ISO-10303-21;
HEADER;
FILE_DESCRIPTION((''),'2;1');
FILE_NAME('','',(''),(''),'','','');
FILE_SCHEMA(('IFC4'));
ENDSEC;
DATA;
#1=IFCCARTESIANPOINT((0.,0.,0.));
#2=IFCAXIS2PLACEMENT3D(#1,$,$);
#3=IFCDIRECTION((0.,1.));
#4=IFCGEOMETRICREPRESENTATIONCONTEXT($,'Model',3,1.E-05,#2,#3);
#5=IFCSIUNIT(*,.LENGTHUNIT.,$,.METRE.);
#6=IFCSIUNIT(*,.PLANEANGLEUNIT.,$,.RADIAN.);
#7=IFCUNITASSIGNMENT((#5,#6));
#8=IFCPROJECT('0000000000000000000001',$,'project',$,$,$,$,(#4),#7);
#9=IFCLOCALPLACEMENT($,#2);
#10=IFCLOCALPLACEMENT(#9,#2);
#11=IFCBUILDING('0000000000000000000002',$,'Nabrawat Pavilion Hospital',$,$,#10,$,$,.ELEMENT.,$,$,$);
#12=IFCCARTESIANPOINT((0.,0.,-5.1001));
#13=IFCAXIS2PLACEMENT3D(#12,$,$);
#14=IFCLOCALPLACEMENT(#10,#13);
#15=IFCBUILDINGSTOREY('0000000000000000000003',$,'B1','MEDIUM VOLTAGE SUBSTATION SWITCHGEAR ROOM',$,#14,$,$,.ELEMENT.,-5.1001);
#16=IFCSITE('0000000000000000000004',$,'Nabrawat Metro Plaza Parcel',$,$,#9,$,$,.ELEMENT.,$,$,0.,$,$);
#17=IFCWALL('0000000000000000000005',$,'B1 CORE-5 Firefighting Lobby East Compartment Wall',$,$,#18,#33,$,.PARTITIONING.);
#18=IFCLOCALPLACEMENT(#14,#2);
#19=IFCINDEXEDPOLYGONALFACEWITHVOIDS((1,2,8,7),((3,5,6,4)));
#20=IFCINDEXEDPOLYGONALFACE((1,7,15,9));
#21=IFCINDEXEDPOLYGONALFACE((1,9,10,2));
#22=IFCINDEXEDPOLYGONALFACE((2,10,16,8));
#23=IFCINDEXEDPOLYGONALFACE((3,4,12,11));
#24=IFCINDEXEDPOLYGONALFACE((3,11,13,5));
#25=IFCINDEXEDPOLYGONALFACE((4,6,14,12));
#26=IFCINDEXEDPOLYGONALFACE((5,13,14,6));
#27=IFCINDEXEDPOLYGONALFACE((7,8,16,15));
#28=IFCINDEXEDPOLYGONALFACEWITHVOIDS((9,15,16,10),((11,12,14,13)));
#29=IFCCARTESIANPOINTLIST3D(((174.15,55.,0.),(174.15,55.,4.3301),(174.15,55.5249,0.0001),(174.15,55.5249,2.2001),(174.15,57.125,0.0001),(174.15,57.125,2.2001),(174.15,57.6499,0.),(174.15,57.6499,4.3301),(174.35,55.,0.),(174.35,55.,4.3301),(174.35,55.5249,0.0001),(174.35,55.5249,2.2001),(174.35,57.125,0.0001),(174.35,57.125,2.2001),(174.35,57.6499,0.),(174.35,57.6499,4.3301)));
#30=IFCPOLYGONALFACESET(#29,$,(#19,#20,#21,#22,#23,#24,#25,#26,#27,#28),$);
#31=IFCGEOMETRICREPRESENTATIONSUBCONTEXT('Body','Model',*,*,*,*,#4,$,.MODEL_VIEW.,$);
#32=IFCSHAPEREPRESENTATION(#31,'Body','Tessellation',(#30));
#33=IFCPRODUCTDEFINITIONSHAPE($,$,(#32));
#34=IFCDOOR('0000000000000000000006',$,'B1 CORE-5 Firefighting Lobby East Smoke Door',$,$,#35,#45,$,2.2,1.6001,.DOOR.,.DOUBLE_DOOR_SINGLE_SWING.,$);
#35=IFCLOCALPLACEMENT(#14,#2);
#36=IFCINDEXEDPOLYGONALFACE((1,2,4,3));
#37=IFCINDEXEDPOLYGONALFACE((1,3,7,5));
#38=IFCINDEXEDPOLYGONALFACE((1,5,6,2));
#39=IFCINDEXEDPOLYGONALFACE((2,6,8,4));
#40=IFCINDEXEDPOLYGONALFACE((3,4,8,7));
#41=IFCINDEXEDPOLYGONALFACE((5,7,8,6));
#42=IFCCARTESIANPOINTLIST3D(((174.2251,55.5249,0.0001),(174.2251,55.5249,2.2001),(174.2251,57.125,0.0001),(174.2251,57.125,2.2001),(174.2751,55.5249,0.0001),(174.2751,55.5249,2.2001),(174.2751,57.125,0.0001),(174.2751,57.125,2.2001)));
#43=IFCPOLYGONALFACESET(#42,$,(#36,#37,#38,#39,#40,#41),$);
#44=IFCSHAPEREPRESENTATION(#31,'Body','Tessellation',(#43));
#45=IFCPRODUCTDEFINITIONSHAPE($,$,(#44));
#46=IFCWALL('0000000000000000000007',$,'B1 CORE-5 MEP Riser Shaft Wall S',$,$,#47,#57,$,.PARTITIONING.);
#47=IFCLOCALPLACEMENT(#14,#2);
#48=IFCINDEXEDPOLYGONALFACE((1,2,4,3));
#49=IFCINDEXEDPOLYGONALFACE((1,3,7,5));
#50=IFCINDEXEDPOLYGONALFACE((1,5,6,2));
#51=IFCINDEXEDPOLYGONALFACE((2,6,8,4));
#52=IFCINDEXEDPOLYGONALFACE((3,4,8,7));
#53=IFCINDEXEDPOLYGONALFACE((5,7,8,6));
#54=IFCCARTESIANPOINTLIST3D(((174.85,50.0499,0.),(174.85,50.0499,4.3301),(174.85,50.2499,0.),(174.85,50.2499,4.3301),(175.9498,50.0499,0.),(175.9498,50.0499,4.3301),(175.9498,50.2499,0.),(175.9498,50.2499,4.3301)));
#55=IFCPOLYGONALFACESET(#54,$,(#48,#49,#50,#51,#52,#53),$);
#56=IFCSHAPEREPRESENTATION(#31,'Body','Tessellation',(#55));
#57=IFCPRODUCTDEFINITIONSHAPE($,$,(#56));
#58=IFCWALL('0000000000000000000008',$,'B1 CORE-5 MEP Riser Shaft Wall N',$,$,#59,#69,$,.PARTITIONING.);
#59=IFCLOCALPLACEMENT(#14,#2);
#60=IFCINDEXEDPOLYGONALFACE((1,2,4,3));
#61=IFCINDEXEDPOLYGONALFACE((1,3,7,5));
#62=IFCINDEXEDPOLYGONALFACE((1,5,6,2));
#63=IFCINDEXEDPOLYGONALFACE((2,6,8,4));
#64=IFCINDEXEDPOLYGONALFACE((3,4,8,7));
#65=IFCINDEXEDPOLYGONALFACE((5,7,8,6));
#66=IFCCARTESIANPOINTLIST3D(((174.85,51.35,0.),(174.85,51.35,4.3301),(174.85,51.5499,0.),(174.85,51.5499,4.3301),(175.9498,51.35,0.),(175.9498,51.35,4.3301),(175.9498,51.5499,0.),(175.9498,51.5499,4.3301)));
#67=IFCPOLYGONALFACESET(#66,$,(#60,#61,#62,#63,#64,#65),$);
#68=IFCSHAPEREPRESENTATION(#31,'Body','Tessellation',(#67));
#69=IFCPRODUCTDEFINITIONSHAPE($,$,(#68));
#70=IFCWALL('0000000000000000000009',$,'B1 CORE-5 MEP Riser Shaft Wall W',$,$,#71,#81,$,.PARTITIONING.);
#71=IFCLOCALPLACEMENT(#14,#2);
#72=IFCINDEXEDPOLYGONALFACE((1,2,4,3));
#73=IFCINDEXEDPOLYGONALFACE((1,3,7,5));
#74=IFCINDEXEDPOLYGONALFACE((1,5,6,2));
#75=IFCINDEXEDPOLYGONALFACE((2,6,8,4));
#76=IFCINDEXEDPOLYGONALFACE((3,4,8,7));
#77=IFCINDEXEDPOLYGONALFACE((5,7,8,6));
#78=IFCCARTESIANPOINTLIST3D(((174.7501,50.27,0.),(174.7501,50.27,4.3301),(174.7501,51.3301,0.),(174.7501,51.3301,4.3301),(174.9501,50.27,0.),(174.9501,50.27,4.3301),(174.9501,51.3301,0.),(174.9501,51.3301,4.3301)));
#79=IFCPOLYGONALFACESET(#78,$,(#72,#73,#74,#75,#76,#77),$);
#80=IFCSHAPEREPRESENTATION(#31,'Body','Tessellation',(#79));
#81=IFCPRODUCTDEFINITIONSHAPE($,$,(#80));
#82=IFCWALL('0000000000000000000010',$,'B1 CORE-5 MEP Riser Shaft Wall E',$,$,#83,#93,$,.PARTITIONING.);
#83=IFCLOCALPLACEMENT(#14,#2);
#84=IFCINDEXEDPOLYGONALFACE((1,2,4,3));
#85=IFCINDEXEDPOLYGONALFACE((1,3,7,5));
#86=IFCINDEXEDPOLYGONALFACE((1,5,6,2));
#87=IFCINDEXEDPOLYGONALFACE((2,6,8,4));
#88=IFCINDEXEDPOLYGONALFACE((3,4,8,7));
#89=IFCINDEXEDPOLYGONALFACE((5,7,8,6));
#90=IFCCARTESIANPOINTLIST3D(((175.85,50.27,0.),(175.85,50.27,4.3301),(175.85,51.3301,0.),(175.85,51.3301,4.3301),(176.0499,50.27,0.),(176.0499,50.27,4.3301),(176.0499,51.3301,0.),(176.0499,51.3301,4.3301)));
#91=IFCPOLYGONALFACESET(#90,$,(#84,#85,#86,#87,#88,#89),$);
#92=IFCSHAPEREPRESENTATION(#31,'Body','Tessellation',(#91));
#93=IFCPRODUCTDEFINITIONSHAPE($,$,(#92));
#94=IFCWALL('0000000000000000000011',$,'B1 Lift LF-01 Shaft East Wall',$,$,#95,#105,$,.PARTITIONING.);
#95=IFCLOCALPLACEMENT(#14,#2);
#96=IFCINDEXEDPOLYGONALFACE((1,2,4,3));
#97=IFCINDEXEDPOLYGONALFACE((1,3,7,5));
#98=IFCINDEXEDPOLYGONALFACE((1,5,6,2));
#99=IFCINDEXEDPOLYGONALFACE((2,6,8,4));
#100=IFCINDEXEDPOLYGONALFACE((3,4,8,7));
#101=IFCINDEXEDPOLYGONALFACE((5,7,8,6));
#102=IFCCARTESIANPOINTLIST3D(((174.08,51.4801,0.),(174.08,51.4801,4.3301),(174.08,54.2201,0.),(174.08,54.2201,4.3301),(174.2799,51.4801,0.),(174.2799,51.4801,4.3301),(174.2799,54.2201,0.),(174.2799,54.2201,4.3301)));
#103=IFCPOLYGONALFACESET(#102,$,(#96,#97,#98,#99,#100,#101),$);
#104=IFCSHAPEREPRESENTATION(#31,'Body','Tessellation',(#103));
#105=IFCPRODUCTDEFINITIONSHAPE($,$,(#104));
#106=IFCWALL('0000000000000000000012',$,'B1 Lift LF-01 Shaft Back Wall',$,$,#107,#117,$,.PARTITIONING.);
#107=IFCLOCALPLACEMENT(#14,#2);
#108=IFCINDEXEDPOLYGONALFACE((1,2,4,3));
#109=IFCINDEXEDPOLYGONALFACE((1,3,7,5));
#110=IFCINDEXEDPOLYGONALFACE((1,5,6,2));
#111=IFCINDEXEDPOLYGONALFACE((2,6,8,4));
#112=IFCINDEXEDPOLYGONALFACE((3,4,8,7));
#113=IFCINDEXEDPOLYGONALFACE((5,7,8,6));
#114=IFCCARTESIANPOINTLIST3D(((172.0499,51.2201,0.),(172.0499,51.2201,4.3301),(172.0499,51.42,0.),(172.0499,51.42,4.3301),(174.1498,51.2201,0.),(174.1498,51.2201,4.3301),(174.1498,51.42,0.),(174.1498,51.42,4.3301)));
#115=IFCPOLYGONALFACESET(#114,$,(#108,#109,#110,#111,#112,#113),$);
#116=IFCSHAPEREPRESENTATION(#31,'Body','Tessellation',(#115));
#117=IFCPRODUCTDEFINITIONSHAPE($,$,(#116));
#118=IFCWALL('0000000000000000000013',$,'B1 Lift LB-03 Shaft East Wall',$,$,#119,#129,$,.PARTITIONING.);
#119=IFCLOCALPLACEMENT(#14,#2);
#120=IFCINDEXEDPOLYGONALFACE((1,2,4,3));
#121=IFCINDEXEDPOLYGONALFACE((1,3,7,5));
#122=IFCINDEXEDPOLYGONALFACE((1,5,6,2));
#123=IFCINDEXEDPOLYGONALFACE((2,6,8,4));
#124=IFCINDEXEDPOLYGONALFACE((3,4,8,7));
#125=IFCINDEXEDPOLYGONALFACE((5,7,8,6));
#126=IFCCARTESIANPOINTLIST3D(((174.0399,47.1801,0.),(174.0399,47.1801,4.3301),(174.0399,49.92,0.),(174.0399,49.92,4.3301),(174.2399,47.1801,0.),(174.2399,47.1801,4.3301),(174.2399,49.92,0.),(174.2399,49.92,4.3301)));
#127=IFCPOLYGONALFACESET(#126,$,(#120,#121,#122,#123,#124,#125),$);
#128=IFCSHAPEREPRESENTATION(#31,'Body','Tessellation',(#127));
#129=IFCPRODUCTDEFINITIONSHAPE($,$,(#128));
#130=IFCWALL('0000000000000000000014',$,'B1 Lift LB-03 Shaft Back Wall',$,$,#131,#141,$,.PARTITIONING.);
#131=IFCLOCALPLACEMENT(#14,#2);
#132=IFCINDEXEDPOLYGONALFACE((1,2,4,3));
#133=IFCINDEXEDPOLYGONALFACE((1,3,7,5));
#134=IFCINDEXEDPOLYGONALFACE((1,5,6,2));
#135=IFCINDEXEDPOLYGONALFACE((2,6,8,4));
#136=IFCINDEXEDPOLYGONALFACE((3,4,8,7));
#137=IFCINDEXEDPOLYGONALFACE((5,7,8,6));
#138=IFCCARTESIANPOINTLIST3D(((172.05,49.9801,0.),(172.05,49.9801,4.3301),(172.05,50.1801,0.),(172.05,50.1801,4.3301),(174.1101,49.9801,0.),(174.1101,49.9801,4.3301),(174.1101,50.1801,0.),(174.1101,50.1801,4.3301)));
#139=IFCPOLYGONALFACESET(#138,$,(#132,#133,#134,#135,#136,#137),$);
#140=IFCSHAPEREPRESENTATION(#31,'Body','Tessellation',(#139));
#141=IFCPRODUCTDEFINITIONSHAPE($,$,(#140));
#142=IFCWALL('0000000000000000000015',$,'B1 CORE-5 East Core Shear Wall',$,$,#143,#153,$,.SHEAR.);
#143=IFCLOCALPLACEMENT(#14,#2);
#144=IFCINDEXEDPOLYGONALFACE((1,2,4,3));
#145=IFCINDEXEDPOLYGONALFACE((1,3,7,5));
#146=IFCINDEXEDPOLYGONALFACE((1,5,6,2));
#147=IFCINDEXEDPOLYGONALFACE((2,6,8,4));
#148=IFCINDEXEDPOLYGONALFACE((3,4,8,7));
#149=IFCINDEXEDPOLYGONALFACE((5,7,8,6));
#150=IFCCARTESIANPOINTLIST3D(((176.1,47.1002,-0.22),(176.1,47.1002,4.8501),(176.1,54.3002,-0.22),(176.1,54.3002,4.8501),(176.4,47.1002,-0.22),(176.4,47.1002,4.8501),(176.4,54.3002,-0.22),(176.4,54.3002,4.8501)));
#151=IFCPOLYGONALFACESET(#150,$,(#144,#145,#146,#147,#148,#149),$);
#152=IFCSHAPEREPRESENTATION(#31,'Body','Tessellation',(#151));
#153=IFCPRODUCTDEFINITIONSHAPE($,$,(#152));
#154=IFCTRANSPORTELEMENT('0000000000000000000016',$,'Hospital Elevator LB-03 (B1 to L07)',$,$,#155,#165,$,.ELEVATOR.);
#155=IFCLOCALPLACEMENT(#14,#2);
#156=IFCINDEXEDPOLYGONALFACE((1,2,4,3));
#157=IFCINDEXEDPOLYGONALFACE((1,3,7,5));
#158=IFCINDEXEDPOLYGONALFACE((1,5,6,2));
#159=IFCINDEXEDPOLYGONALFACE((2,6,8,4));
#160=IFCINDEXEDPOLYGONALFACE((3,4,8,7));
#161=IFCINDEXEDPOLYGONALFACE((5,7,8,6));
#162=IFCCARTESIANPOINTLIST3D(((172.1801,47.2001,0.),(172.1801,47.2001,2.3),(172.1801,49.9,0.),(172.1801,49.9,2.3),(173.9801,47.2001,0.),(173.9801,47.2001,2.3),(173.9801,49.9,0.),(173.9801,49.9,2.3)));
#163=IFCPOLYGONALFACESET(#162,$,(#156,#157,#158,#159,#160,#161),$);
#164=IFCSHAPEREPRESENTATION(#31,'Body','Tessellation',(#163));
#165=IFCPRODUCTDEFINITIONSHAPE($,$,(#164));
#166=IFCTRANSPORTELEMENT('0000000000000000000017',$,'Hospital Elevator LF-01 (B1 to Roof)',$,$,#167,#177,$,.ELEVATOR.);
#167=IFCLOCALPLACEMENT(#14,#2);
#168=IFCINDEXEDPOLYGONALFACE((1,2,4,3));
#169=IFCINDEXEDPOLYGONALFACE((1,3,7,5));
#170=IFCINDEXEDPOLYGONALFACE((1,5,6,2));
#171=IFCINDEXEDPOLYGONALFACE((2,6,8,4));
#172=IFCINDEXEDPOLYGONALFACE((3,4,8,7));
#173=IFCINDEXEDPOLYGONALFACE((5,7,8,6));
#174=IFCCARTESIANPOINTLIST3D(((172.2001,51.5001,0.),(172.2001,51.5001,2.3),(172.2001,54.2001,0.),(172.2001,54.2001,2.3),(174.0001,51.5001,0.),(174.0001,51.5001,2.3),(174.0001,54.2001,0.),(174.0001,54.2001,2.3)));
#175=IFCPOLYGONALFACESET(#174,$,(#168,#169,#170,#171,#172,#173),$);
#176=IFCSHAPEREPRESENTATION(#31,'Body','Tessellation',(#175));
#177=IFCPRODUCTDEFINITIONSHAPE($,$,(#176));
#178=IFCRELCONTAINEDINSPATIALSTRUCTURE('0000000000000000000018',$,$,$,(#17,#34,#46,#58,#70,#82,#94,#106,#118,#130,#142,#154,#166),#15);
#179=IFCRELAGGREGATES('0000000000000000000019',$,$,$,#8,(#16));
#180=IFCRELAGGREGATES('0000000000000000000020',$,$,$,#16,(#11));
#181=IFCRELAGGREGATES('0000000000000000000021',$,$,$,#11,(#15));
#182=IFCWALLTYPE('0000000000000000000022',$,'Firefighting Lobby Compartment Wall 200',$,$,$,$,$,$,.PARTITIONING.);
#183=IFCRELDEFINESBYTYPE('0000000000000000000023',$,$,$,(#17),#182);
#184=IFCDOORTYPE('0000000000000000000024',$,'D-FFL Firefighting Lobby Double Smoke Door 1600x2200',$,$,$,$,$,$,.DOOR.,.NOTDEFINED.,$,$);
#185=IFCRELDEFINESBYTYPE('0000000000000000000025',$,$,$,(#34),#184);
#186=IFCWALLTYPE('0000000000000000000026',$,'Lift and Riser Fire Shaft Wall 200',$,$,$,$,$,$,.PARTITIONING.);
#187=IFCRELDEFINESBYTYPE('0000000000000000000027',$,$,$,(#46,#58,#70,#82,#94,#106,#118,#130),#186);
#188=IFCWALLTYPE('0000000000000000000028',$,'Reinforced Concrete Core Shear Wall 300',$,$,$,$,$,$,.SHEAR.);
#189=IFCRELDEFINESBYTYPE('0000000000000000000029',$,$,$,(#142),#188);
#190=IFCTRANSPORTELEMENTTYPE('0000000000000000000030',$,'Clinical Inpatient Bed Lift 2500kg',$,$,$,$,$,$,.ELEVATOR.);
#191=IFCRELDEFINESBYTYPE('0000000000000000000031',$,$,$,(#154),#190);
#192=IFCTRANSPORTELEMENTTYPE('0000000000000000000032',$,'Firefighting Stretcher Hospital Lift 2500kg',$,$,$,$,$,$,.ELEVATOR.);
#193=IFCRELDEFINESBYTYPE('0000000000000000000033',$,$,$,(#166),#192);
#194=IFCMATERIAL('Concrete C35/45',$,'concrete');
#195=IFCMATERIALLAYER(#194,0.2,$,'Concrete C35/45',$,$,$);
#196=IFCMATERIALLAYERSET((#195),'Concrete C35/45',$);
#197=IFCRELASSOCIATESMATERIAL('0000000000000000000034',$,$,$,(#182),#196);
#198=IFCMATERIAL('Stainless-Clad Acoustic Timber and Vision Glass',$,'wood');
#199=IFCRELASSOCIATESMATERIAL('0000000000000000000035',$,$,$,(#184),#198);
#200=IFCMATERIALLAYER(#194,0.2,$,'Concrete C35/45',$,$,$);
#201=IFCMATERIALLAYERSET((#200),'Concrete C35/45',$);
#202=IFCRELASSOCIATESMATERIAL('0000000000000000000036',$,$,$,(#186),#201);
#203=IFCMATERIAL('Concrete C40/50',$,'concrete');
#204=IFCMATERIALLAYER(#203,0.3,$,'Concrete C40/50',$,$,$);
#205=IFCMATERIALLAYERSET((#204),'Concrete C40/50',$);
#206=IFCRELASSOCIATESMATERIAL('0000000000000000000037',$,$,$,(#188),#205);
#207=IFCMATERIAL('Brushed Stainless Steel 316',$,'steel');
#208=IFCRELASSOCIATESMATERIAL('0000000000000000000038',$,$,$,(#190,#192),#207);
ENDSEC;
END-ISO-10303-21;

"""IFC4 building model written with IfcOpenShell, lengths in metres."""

from ifc_helpers import new_model, si_unit, direction, frame, frame_2d, origin, origin_2d, place, context, subcontext, project, spatial, rectangle, extrude, material, layer, layer_set, type_object, element, fill, save


model = new_model("IFC4")

# Units and contexts
model_context = context("Model", 3, precision=1e-05, world=origin(), true_north=direction((0.0, 1.0)))
body_context = subcontext(model_context, "Body", "Model", "MODEL_VIEW")
ifc_project = project(units=[si_unit("LENGTHUNIT", "METRE"), si_unit("PLANEANGLEUNIT", "RADIAN")], contexts=[model_context])

# Site, building, storey
site_placement = place(None, origin())
site = spatial("IfcSite", under=ifc_project, at=site_placement, Name="Nabrawat Metro Plaza Parcel", CompositionType="ELEMENT", RefElevation=0.0)
building_placement = place(site_placement, origin())
building = spatial("IfcBuilding", under=site, at=building_placement, Name="Nabrawat Pavilion Hospital", CompositionType="ELEMENT")
storey_placement = place(building_placement, frame((0.0, 0.0, -5.1001)))
storey = spatial("IfcBuildingStorey", under=building, at=storey_placement, Name="B1", Description="MEDIUM VOLTAGE SUBSTATION SWITCHGEAR ROOM", CompositionType="ELEMENT", Elevation=-5.1001)

# Shared definitions
ifc_material_1 = material(Name="Concrete C35/45", Category="concrete")

# Wall, opening, door
ifc_layer_1 = layer(ifc_material_1, 0.2, Name="Concrete C35/45")
ifc_layer_set_1 = layer_set([ifc_layer_1], Name="Concrete C35/45")
wall_type_1 = type_object("IfcWallType", Name="Firefighting Lobby Compartment Wall 200", PredefinedType="PARTITIONING", material=ifc_layer_set_1)
wall_1_placement = place(storey_placement, frame((174.25, 55.0, 0.0), z_axis=(0.0, 0.0, 1.0), x_axis=(0.0, 1.0, 0.0)))
wall_1 = element("IfcWall", 1, at=wall_1_placement, inside=storey, type_object=wall_type_1, Name="B1 CORE-5 Firefighting Lobby East Compartment Wall", PredefinedType="PARTITIONING", context=body_context, shape_type="SweptSolid", body=[
    extrude(rectangle(XDim=2.6499, YDim=0.2, at=frame_2d((1.325, 0.0))), origin(), (0.0, 0.0, 1.0), 4.3301),
])
opening_placement = place(wall_1_placement, frame((0.5249, 0.0, 0.0)))
opening = element("IfcOpeningElement", 2, at=opening_placement, cuts=wall_1, PredefinedType="OPENING", context=body_context, shape_type="SweptSolid", body=[
    extrude(rectangle(XDim=1.6001, YDim=2.2, at=frame_2d((0.8, 1.1001))), frame((0.0, 0.1099, 0.0), z_axis=(0.0, -1.0, 0.0), x_axis=(1.0, 0.0, 0.0)), (0.0, 0.0, 1.0), 0.22),
])
ifc_material_2 = material(Name="Stainless-Clad Acoustic Timber and Vision Glass", Category="wood")
door_type = type_object("IfcDoorType", Name="D-FFL Firefighting Lobby Double Smoke Door 1600x2200", OperationType="NOTDEFINED", PredefinedType="DOOR", material=ifc_material_2)
door_placement = place(opening_placement, origin())
door = element("IfcDoor", 3, at=door_placement, inside=storey, type_object=door_type, Name="B1 CORE-5 Firefighting Lobby East Smoke Door", OperationType="DOUBLE_DOOR_SINGLE_SWING", OverallHeight=2.2, OverallWidth=1.6001, PredefinedType="DOOR", context=body_context, shape_type="SweptSolid", body=[
    extrude(rectangle(XDim=1.6001, YDim=2.2, at=frame_2d((0.8, 1.1001))), frame((0.0, 0.0249, 0.0), z_axis=(0.0, -1.0, 0.0), x_axis=(1.0, 0.0, 0.0)), (0.0, 0.0, 1.0), 0.05),
])
fill(opening, door)

# Walls
ifc_layer_2 = layer(ifc_material_1, 0.2, Name="Concrete C35/45")
ifc_layer_set_2 = layer_set([ifc_layer_2], Name="Concrete C35/45")
wall_type_2 = type_object("IfcWallType", Name="Lift and Riser Fire Shaft Wall 200", PredefinedType="PARTITIONING", material=ifc_layer_set_2)
for number, where, z_axis, x_axis, name in (
    (4, (174.8501, 50.1499, 0.0), (0.0, 0.0, 1.0), (1.0, 0.0, 0.0), "B1 CORE-5 MEP Riser Shaft Wall S"),
    (5, (174.8501, 51.45, 0.0), (0.0, 0.0, 1.0), (1.0, 0.0, 0.0), "B1 CORE-5 MEP Riser Shaft Wall N"),
):
    element("IfcWall", number, at=place(storey_placement, frame(where, z_axis=z_axis, x_axis=x_axis)), inside=storey, type_object=wall_type_2, Name=name, PredefinedType="PARTITIONING", context=body_context, shape_type="SweptSolid", body=[
        extrude(rectangle(XDim=1.0999, YDim=0.2, at=frame_2d((0.5498, 0.0))), origin(), (0.0, 0.0, 1.0), 4.3301),
    ])
for number, where, z_axis, x_axis, name in (
    (6, (174.8501, 50.27, 0.0), (0.0, 0.0, 1.0), (0.0, 1.0, 0.0), "B1 CORE-5 MEP Riser Shaft Wall W"),
    (7, (175.95, 50.27, 0.0), (0.0, 0.0, 1.0), (0.0, 1.0, 0.0), "B1 CORE-5 MEP Riser Shaft Wall E"),
):
    element("IfcWall", number, at=place(storey_placement, frame(where, z_axis=z_axis, x_axis=x_axis)), inside=storey, type_object=wall_type_2, Name=name, PredefinedType="PARTITIONING", context=body_context, shape_type="SweptSolid", body=[
        extrude(rectangle(XDim=1.0601, YDim=0.2, at=frame_2d((0.53, 0.0))), origin(), (0.0, 0.0, 1.0), 4.3301),
    ])
wall_2_placement = place(storey_placement, frame((174.1799, 51.48, 0.0), z_axis=(0.0, 0.0, 1.0), x_axis=(0.0, 1.0, 0.0)))
element("IfcWall", 8, at=wall_2_placement, inside=storey, type_object=wall_type_2, Name="B1 Lift LF-01 Shaft East Wall", PredefinedType="PARTITIONING", context=body_context, shape_type="SweptSolid", body=[
    extrude(rectangle(XDim=2.74, YDim=0.2, at=frame_2d((1.3701, 0.0))), origin(), (0.0, 0.0, 1.0), 4.3301),
])
wall_3_placement = place(storey_placement, frame((172.05, 51.3201, 0.0), z_axis=(0.0, 0.0, 1.0), x_axis=(1.0, 0.0, 0.0)))
element("IfcWall", 9, at=wall_3_placement, inside=storey, type_object=wall_type_2, Name="B1 Lift LF-01 Shaft Back Wall", PredefinedType="PARTITIONING", context=body_context, shape_type="SweptSolid", body=[
    extrude(rectangle(XDim=2.0999, YDim=0.2, at=frame_2d((1.0498, 0.0))), origin(), (0.0, 0.0, 1.0), 4.3301),
])
wall_4_placement = place(storey_placement, frame((174.1399, 47.1799, 0.0), z_axis=(0.0, 0.0, 1.0), x_axis=(0.0, 1.0, 0.0)))
element("IfcWall", 10, at=wall_4_placement, inside=storey, type_object=wall_type_2, Name="B1 Lift LB-03 Shaft East Wall", PredefinedType="PARTITIONING", context=body_context, shape_type="SweptSolid", body=[
    extrude(rectangle(XDim=2.74, YDim=0.2, at=frame_2d((1.3701, 0.0))), origin(), (0.0, 0.0, 1.0), 4.3301),
])
wall_5_placement = place(storey_placement, frame((172.05, 50.0801, 0.0), z_axis=(0.0, 0.0, 1.0), x_axis=(1.0, 0.0, 0.0)))
element("IfcWall", 11, at=wall_5_placement, inside=storey, type_object=wall_type_2, Name="B1 Lift LB-03 Shaft Back Wall", PredefinedType="PARTITIONING", context=body_context, shape_type="SweptSolid", body=[
    extrude(rectangle(XDim=2.0601, YDim=0.2, at=frame_2d((1.03, 0.0))), origin(), (0.0, 0.0, 1.0), 4.3301),
])
ifc_material_3 = material(Name="Concrete C40/50", Category="concrete")
ifc_layer_3 = layer(ifc_material_3, 0.3, Name="Concrete C40/50")
ifc_layer_set_3 = layer_set([ifc_layer_3], Name="Concrete C40/50")
wall_type_3 = type_object("IfcWallType", Name="Reinforced Concrete Core Shear Wall 300", PredefinedType="SHEAR", material=ifc_layer_set_3)
wall_6_placement = place(storey_placement, frame((176.25, 47.1001, -0.22), z_axis=(0.0, 0.0, 1.0), x_axis=(0.0, 1.0, 0.0)))
element("IfcWall", 12, at=wall_6_placement, inside=storey, type_object=wall_type_3, Name="B1 CORE-5 East Core Shear Wall", PredefinedType="SHEAR", context=body_context, shape_type="SweptSolid", body=[
    extrude(rectangle(XDim=7.2, YDim=0.3, at=frame_2d((3.6001, 0.0))), origin(), (0.0, 0.0, 1.0), 5.0701),
])

# Transport elements
ifc_material_4 = material(Name="Brushed Stainless Steel 316", Category="steel")
transport_element_type_1 = type_object("IfcTransportElementType", Name="Clinical Inpatient Bed Lift 2500kg", PredefinedType="ELEVATOR", material=ifc_material_4)
transport_element_1_placement = place(storey_placement, frame((173.0801, 48.55, 0.0), z_axis=(0.0, 0.0, 1.0), x_axis=(1.0, 0.0, 0.0)))
element("IfcTransportElement", 13, at=transport_element_1_placement, inside=storey, type_object=transport_element_type_1, Name="Hospital Elevator LB-03 (B1 to L07)", PredefinedType="ELEVATOR", context=body_context, shape_type="SweptSolid", body=[
    extrude(rectangle(XDim=1.8, YDim=2.7, at=origin_2d()), origin(), (0.0, 0.0, 1.0), 2.3),
])
transport_element_type_2 = type_object("IfcTransportElementType", Name="Firefighting Stretcher Hospital Lift 2500kg", PredefinedType="ELEVATOR", material=ifc_material_4)
transport_element_2_placement = place(storey_placement, frame((173.1001, 52.8501, 0.0), z_axis=(0.0, 0.0, 1.0), x_axis=(1.0, 0.0, 0.0)))
element("IfcTransportElement", 14, at=transport_element_2_placement, inside=storey, type_object=transport_element_type_2, Name="Hospital Elevator LF-01 (B1 to Roof)", PredefinedType="ELEVATOR", context=body_context, shape_type="SweptSolid", body=[
    extrude(rectangle(XDim=1.8, YDim=2.7, at=origin_2d()), origin(), (0.0, 0.0, 1.0), 2.3),
])

save(model, "model.ifc")
